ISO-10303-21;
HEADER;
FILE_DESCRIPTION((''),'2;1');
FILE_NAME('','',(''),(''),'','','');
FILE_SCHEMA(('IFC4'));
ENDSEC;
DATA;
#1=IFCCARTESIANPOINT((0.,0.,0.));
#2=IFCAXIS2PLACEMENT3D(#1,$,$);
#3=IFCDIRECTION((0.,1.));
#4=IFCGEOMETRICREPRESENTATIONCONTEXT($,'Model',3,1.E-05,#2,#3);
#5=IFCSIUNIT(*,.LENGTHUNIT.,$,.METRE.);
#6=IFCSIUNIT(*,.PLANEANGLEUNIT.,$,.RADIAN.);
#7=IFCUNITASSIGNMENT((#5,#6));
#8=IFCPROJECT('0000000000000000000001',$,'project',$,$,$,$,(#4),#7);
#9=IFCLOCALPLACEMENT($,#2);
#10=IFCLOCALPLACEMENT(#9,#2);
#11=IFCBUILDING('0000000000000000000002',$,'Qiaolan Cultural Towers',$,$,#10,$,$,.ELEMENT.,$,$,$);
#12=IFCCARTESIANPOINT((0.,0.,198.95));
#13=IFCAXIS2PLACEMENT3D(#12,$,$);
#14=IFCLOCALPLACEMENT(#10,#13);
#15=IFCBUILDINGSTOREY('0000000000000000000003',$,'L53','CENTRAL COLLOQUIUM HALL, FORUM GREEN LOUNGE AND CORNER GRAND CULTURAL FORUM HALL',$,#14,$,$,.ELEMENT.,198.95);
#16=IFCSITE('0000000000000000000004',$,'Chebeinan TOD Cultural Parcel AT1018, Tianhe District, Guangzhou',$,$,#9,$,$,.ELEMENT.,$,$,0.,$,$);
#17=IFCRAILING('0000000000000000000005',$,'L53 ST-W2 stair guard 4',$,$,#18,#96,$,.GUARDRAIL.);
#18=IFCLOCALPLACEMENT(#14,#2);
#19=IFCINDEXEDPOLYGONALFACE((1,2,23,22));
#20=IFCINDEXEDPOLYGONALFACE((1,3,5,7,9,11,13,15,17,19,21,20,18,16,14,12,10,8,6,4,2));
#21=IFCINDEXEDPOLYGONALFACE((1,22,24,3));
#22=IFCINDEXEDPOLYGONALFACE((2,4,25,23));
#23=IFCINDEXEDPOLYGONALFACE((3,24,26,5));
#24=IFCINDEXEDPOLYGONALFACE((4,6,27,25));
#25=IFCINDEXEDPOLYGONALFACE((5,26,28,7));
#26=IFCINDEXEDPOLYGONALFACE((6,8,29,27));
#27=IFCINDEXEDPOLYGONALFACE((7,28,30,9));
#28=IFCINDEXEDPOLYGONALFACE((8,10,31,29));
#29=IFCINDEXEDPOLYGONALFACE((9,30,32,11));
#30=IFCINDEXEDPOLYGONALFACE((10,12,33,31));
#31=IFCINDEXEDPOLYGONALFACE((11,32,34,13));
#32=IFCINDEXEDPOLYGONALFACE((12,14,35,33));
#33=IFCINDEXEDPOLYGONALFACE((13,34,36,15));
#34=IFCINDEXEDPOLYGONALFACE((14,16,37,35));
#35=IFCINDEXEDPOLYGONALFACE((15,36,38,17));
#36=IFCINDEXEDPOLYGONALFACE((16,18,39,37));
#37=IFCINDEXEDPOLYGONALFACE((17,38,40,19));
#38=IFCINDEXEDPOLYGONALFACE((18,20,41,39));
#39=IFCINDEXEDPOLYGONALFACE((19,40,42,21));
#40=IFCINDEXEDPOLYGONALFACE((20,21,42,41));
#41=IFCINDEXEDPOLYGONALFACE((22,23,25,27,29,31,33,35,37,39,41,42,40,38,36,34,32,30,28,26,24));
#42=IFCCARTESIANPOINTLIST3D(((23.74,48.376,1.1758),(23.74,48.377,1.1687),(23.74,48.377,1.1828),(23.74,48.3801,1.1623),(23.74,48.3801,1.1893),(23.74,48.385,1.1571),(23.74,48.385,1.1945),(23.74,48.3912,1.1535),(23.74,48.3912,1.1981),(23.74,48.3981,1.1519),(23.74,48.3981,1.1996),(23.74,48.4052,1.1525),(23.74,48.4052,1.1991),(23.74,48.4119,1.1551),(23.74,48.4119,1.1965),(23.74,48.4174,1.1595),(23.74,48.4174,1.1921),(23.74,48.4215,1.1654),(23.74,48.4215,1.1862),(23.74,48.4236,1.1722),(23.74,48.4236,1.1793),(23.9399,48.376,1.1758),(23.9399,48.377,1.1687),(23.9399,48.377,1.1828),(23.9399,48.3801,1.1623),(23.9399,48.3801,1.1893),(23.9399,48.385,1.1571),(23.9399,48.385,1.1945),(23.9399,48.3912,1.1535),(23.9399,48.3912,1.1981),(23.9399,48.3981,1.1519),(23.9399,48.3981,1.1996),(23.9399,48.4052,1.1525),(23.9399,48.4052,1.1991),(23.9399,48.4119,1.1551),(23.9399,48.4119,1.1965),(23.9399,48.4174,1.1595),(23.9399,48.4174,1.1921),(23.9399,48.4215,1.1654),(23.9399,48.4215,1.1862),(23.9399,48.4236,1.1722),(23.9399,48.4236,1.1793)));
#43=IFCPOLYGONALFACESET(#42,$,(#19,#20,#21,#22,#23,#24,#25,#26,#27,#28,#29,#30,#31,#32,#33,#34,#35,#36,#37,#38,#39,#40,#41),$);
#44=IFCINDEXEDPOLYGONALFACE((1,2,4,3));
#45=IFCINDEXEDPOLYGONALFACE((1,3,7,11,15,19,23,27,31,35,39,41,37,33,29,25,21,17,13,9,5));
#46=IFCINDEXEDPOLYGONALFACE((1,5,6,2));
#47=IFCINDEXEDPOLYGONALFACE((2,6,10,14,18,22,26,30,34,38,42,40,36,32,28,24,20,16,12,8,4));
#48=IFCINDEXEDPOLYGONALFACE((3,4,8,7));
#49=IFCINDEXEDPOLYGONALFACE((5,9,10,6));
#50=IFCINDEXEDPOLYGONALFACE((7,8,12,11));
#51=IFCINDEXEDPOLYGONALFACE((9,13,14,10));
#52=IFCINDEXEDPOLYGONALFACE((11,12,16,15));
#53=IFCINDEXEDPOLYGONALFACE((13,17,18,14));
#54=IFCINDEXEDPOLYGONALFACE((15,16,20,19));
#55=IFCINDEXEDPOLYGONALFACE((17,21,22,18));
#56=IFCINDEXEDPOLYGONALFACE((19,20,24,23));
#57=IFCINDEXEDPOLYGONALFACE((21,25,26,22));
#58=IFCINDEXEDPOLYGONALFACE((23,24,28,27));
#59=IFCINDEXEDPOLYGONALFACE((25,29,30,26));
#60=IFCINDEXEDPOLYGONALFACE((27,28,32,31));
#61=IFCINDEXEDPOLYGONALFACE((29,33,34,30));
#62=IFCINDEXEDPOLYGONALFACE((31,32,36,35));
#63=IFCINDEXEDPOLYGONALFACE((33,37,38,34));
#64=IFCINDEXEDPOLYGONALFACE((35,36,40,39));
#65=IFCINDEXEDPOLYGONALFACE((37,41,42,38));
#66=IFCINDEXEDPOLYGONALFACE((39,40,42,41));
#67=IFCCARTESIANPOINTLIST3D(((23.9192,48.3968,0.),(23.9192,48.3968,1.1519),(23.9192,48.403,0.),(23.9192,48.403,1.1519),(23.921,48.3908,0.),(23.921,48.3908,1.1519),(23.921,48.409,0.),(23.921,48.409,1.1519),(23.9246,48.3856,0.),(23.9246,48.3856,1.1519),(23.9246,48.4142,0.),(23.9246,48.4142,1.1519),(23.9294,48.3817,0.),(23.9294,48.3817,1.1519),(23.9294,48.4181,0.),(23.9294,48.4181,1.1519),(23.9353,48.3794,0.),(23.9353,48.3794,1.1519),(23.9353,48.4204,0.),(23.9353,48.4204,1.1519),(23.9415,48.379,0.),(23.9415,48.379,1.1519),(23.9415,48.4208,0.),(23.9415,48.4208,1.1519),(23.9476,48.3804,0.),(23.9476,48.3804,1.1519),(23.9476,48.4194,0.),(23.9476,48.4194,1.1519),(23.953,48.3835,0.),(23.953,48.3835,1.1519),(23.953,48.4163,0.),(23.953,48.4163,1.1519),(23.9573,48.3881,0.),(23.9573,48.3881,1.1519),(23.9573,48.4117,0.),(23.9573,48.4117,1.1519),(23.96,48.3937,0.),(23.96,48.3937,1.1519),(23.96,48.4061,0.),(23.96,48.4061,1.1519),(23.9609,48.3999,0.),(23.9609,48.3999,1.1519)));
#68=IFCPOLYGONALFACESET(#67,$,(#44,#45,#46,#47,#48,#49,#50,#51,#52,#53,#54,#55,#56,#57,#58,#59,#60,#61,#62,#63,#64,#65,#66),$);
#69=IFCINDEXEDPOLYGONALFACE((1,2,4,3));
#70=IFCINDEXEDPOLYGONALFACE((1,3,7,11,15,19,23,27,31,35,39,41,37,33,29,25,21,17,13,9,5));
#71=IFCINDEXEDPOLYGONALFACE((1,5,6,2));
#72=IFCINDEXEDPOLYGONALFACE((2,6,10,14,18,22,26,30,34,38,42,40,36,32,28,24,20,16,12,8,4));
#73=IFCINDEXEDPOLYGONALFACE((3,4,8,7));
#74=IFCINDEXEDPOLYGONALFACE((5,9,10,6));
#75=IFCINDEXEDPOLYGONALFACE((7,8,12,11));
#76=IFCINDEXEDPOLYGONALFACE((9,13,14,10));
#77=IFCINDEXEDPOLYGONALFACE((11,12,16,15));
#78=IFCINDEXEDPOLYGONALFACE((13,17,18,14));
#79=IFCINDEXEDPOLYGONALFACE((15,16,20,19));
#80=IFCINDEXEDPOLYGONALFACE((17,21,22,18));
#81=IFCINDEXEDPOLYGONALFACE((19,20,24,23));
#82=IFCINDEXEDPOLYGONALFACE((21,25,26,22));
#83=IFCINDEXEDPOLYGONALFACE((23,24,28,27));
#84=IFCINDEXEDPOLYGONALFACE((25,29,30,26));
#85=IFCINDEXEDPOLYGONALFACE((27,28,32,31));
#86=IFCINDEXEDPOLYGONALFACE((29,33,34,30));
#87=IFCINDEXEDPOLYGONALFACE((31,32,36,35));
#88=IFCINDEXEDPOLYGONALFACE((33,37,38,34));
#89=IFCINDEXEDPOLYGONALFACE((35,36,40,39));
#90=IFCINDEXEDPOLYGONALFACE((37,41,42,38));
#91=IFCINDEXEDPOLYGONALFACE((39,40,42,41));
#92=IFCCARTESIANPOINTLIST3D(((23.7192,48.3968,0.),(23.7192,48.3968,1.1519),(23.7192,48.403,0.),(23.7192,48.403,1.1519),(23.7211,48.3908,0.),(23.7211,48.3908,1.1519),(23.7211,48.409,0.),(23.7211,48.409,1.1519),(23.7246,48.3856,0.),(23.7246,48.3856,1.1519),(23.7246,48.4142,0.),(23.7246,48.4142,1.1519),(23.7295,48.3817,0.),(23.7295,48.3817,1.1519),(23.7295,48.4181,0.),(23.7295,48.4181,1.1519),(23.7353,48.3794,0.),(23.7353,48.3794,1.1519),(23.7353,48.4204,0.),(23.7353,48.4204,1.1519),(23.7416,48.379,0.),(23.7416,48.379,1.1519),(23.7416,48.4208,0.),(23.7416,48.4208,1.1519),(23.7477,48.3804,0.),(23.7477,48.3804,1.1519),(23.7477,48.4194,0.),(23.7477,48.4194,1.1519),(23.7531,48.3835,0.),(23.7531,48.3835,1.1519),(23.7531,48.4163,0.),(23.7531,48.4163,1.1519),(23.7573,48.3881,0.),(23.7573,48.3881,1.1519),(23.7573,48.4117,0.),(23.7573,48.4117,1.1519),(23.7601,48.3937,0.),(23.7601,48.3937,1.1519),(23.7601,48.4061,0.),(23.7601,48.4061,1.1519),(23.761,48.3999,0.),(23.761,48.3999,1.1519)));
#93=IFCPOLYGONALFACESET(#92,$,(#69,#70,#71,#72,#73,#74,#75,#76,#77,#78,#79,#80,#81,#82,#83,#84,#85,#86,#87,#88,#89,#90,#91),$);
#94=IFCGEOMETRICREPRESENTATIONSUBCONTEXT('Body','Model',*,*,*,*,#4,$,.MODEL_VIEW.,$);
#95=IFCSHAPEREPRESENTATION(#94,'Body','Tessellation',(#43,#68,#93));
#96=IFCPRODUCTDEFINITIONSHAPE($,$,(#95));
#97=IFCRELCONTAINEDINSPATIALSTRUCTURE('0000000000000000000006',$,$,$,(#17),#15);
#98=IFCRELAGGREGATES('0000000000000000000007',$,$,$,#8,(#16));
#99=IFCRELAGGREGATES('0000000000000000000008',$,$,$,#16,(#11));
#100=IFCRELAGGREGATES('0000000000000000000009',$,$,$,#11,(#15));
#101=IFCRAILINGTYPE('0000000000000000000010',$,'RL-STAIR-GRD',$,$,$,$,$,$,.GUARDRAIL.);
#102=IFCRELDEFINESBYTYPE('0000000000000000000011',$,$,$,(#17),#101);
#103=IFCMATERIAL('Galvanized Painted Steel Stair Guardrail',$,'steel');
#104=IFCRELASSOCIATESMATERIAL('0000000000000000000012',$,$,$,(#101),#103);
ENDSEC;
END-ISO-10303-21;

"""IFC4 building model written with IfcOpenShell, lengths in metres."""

from ifc_helpers import new_model, si_unit, direction, frame, origin, origin_2d, place, context, subcontext, project, spatial, circle, extrude, material, type_object, element, save


model = new_model("IFC4")

# Units and contexts
model_context = context("Model", 3, precision=1e-05, world=origin(), true_north=direction((0.0, 1.0)))
body_context = subcontext(model_context, "Body", "Model", "MODEL_VIEW")
ifc_project = project(units=[si_unit("LENGTHUNIT", "METRE"), si_unit("PLANEANGLEUNIT", "RADIAN")], contexts=[model_context])

# Site, building, storey
site_placement = place(None, origin())
site = spatial("IfcSite", under=ifc_project, at=site_placement, Name="Chebeinan TOD Cultural Parcel AT1018, Tianhe District, Guangzhou", CompositionType="ELEMENT", RefElevation=0.0)
building_placement = place(site_placement, origin())
building = spatial("IfcBuilding", under=site, at=building_placement, Name="Qiaolan Cultural Towers", CompositionType="ELEMENT")
storey_placement = place(building_placement, frame((0.0, 0.0, 198.95)))
storey = spatial("IfcBuildingStorey", under=building, at=storey_placement, Name="L53", Description="CENTRAL COLLOQUIUM HALL, FORUM GREEN LOUNGE AND CORNER GRAND CULTURAL FORUM HALL", CompositionType="ELEMENT", Elevation=198.95)

# Railing
ifc_material_1 = material(Name="Galvanized Painted Steel Stair Guardrail", Category="steel")
railing_type_1 = type_object("IfcRailingType", Name="RL-STAIR-GRD", PredefinedType="GUARDRAIL", material=ifc_material_1)
railing_1_placement = place(storey_placement, frame((23.9399, 48.3999, 0.0)))
element("IfcRailing", 1, at=railing_1_placement, inside=storey, type_object=railing_type_1, Name="L53 ST-W2 stair guard 4", PredefinedType="GUARDRAIL", context=body_context, shape_type="SweptSolid", body=[
    extrude(circle(Radius=0.0239, at=origin_2d()), frame((0.0, 0.0, 1.1758), z_axis=(-1.0, 0.0, 0.0), x_axis=(0.0, -1.0, 0.0)), (0.0, 0.0, 1.0), 0.2),
    extrude(circle(Radius=0.021, at=origin_2d()), origin(), (0.0, 0.0, 1.0), 1.1519),
    extrude(circle(Radius=0.021, at=origin_2d()), frame((-0.2, 0.0, 0.0)), (0.0, 0.0, 1.0), 1.1519),
])

save(model, "model.ifc")
